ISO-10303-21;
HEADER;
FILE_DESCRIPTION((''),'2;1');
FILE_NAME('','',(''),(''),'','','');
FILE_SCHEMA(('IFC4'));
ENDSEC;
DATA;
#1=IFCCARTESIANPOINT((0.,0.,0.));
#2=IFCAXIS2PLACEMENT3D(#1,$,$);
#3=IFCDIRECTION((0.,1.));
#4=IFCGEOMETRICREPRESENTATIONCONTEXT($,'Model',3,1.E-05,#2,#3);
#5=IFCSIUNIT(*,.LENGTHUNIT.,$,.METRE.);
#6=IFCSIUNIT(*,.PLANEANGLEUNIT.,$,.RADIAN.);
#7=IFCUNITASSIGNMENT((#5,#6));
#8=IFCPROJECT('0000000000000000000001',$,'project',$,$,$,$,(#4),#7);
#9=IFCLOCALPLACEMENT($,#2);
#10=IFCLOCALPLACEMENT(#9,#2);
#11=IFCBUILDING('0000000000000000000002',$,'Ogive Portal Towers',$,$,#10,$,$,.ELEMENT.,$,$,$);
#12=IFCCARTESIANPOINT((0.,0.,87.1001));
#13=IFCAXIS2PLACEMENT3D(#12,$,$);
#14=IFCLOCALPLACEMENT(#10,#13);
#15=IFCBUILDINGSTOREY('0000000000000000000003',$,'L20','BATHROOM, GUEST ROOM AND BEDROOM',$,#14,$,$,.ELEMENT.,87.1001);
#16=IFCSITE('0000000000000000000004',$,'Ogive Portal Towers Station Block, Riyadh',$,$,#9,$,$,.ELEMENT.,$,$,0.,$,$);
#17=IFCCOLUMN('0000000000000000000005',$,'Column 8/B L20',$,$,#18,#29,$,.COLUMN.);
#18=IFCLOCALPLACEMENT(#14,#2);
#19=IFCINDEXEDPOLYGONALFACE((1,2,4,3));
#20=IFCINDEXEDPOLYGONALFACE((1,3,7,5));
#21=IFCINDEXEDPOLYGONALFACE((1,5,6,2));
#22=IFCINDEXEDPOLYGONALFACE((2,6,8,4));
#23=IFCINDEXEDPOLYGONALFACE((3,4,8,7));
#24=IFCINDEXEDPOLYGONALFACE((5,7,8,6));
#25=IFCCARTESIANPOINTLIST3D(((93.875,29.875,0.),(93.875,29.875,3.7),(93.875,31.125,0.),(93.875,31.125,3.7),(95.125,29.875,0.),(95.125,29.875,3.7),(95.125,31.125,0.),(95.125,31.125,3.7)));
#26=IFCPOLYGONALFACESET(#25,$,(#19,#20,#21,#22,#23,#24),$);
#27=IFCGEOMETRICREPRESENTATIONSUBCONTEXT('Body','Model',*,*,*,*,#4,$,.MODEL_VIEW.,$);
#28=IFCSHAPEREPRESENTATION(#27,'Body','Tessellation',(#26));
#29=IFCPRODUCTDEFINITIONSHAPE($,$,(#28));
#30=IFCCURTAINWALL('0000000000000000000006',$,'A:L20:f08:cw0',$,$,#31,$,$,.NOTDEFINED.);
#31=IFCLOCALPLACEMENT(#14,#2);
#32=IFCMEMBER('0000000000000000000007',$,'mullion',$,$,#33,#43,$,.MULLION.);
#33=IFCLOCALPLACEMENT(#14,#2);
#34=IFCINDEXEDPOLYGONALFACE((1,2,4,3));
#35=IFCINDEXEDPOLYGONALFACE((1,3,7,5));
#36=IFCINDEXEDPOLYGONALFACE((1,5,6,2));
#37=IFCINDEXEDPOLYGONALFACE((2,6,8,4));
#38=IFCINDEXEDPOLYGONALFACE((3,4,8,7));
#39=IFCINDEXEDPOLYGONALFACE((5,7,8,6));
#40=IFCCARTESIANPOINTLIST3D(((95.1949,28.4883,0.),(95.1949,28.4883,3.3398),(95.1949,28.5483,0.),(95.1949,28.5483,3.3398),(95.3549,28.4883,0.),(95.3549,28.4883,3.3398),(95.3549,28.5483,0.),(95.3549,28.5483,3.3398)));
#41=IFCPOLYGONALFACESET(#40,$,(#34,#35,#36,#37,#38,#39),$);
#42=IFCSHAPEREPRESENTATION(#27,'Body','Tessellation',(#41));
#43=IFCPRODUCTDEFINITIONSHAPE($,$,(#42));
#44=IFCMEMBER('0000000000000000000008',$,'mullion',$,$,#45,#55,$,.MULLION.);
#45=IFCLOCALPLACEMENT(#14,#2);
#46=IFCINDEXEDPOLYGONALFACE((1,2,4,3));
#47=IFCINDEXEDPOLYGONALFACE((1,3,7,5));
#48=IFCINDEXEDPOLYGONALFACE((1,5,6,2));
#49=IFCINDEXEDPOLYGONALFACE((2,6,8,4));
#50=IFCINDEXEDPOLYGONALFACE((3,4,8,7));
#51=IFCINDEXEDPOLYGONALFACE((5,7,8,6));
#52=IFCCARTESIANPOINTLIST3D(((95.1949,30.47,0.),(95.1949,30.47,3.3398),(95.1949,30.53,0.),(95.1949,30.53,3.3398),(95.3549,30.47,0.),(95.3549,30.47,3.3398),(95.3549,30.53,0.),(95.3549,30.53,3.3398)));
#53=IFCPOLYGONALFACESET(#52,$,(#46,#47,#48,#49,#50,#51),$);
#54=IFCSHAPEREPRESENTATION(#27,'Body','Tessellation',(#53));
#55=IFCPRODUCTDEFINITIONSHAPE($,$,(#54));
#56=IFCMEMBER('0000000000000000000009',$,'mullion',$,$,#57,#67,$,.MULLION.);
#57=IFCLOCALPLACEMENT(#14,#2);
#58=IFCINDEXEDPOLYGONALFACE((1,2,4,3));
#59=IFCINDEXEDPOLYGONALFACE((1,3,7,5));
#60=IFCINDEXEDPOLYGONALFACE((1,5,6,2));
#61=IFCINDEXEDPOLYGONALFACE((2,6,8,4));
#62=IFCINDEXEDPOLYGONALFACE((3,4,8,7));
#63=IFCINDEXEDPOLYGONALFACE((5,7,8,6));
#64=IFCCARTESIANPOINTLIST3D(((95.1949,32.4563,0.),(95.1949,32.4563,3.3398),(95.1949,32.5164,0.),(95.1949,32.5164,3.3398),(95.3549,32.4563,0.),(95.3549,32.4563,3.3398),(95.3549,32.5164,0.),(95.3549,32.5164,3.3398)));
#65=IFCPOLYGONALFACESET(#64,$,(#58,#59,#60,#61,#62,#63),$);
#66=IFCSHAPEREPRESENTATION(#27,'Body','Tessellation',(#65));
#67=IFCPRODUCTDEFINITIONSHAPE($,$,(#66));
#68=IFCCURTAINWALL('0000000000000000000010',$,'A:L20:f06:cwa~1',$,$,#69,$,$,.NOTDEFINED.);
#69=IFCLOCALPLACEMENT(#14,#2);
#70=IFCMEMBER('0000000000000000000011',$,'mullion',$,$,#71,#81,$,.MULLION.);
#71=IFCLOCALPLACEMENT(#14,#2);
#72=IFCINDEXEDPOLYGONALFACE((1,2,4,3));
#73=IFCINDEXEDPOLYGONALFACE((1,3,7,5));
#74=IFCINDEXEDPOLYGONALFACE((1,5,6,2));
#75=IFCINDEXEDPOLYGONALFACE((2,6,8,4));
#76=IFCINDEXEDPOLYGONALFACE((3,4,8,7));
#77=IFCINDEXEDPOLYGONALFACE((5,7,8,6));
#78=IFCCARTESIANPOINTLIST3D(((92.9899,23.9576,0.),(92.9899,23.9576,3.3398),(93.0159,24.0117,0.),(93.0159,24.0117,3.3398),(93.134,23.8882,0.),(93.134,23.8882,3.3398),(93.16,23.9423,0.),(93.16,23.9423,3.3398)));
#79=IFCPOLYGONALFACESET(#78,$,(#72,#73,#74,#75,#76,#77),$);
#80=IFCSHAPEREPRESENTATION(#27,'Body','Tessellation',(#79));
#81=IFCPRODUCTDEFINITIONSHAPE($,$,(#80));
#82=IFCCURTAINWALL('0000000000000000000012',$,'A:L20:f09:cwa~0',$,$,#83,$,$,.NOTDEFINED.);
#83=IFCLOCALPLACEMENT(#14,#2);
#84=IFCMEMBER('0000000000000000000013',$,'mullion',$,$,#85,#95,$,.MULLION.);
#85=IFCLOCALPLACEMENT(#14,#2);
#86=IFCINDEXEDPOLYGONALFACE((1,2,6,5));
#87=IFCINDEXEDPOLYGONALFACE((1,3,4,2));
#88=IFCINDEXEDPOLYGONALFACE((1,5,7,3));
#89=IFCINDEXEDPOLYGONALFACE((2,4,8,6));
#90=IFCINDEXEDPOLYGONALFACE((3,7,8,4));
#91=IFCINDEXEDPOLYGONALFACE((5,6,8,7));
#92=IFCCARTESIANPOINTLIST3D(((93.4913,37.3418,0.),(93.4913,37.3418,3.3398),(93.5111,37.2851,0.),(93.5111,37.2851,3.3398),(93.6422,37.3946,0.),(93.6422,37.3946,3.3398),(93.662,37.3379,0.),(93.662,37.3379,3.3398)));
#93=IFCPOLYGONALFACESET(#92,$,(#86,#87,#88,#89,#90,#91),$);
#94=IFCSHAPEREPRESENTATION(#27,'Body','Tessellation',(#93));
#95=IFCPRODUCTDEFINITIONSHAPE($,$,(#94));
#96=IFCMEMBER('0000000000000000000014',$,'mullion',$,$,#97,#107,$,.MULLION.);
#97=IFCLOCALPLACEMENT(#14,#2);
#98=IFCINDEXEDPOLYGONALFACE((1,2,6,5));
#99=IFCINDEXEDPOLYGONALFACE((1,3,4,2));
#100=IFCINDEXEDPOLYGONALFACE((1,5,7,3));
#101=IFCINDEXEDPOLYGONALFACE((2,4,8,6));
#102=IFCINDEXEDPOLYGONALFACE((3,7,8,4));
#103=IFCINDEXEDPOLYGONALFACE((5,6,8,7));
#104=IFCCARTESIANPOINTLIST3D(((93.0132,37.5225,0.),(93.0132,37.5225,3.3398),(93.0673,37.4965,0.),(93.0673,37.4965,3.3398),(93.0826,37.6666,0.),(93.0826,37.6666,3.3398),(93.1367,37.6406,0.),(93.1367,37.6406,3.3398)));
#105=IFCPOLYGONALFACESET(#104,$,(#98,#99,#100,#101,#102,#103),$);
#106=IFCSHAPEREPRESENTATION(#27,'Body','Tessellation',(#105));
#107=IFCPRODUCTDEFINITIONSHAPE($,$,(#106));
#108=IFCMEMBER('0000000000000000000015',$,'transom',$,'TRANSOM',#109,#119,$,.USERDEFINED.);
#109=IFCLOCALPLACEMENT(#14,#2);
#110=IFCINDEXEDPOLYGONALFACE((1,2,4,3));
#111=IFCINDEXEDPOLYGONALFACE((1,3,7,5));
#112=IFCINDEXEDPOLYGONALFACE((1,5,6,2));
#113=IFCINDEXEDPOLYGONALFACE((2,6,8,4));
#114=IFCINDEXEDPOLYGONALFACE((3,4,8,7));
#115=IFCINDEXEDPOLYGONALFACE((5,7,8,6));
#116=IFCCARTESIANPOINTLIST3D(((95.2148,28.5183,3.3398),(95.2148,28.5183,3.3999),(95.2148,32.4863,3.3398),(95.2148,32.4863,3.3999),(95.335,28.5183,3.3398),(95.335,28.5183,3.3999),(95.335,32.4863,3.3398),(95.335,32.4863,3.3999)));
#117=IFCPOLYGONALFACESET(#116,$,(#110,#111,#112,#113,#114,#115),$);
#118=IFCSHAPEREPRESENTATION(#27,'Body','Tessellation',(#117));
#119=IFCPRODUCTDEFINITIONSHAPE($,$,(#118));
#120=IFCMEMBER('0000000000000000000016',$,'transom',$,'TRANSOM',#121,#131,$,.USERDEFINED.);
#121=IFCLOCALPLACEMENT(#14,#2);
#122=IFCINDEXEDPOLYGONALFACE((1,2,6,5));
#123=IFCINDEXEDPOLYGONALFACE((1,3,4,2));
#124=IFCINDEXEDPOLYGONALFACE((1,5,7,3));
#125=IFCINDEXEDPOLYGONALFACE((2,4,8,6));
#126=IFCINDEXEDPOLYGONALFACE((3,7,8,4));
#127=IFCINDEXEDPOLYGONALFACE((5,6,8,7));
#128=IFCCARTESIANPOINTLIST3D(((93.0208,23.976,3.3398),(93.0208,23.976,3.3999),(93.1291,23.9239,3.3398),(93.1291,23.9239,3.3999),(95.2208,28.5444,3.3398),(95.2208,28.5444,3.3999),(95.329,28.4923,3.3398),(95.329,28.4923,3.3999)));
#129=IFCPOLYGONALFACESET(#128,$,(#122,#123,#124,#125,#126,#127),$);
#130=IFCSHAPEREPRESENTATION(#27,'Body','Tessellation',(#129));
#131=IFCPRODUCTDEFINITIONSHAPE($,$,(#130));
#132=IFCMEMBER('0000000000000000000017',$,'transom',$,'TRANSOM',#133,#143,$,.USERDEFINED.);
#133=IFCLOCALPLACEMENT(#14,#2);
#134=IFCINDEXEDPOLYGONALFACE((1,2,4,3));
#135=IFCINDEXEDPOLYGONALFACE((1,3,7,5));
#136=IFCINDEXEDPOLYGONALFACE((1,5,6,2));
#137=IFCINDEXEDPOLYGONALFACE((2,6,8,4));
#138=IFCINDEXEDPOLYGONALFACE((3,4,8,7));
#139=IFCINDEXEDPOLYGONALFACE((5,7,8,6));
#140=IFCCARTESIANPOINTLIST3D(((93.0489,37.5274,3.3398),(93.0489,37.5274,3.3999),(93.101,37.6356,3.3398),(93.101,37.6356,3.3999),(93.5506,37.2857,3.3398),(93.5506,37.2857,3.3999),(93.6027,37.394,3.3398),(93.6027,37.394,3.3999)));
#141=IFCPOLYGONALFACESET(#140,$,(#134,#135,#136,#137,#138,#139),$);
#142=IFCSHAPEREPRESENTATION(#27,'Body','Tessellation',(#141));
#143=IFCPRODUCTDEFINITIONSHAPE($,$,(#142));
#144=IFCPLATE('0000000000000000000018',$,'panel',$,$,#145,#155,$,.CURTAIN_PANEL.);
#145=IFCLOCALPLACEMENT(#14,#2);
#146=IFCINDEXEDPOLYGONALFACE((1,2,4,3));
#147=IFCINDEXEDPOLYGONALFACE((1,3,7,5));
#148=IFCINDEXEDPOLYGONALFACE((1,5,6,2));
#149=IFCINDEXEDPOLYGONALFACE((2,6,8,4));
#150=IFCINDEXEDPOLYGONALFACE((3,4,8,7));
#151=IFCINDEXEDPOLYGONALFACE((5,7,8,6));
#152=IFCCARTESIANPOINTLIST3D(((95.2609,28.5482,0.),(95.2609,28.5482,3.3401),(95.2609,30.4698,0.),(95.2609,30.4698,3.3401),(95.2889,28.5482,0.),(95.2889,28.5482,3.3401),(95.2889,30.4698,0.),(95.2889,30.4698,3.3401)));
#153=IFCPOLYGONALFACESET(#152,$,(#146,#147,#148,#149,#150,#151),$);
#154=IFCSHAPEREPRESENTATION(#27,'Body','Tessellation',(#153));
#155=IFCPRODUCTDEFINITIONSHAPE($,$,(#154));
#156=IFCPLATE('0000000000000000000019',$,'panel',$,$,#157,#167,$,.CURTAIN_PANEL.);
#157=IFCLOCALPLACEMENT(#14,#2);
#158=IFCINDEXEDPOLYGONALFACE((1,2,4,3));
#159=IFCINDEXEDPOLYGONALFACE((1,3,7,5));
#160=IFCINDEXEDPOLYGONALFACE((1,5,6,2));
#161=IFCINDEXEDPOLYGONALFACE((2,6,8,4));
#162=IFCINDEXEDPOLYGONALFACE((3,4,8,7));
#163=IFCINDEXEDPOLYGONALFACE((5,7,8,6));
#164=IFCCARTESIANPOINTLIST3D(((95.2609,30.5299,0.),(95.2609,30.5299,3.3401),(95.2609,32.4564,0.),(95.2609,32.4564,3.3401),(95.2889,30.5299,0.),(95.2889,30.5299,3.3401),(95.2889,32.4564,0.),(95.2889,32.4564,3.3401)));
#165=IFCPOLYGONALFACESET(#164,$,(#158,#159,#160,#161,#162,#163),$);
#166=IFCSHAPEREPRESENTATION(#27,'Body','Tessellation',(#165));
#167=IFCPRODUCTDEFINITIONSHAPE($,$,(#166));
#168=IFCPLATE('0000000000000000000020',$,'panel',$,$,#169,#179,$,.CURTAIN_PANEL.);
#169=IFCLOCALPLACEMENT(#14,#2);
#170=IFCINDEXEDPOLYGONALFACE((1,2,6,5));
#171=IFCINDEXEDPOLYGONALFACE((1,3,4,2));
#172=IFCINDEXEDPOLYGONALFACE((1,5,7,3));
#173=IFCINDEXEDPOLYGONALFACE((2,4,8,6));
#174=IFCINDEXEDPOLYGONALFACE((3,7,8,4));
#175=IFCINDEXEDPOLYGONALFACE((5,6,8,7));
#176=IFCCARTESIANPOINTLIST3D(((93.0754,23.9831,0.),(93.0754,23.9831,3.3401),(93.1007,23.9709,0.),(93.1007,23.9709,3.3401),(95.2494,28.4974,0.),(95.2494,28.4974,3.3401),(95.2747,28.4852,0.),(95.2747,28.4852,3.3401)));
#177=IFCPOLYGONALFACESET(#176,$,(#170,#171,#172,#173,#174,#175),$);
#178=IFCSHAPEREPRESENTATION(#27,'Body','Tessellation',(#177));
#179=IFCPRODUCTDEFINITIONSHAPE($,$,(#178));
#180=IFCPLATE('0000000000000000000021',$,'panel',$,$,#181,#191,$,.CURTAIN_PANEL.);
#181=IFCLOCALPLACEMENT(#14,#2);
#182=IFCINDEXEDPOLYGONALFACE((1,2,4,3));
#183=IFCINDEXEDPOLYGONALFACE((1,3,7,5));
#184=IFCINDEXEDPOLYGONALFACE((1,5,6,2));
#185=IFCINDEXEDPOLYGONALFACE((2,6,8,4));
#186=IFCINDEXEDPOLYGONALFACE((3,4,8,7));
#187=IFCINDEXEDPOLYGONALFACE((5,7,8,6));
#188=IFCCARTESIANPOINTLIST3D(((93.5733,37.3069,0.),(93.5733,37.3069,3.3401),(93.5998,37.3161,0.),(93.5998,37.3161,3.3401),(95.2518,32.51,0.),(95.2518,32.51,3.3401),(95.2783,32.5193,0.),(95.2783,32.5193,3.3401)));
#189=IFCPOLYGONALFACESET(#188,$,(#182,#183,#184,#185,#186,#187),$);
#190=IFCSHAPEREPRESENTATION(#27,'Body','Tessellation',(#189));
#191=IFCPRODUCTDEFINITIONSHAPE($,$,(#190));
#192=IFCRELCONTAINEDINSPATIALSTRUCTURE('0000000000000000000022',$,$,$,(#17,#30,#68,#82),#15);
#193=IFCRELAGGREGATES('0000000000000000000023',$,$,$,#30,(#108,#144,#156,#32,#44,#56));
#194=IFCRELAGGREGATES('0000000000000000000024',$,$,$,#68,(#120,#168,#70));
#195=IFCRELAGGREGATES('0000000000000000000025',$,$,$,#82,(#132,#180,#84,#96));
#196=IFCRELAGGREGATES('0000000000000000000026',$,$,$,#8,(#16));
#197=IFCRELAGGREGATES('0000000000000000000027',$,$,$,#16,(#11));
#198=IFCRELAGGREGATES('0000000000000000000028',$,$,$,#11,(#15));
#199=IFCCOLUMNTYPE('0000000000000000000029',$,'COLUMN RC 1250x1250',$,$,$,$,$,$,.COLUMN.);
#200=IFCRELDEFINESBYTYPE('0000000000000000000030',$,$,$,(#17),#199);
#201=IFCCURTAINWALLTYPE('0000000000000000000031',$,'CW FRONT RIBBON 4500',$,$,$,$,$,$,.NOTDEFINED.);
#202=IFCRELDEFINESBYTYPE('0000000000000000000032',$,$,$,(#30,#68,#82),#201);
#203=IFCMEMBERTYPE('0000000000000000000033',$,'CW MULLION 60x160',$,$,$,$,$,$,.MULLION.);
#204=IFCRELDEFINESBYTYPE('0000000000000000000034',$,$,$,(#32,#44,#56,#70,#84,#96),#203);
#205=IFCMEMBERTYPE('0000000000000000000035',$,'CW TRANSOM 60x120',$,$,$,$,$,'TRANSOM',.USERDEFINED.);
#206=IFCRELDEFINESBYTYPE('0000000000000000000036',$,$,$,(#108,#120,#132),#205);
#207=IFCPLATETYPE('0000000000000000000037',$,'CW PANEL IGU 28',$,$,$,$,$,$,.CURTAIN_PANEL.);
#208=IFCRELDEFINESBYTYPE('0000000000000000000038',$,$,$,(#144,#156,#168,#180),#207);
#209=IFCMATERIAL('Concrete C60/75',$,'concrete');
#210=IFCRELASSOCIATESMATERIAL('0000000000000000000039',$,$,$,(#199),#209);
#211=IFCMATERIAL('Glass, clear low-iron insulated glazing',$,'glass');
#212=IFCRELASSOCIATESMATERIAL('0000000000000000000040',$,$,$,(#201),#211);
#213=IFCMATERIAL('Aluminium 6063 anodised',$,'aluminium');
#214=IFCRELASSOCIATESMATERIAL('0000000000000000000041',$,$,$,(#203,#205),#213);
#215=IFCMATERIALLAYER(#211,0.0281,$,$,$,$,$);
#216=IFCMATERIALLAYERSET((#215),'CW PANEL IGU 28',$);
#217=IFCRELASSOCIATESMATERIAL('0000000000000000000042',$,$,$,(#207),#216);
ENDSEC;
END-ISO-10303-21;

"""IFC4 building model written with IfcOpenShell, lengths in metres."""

from ifc_helpers import new_model, si_unit, direction, frame, origin, origin_2d, place, context, subcontext, project, spatial, rectangle, extrude, material, layer, layer_set, material_profile, profile_set, type_object, element, aggregate, save


model = new_model("IFC4")

# Units and contexts
model_context = context("Model", 3, precision=1e-05, world=origin(), true_north=direction((0.0, 1.0)))
body_context = subcontext(model_context, "Body", "Model", "MODEL_VIEW")
ifc_project = project(units=[si_unit("LENGTHUNIT", "METRE"), si_unit("PLANEANGLEUNIT", "RADIAN")], contexts=[model_context])

# Site, building, storey
site_placement = place(None, origin())
site = spatial("IfcSite", under=ifc_project, at=site_placement, Name="Ogive Portal Towers Station Block, Riyadh", CompositionType="ELEMENT", RefElevation=0.0)
building_placement = place(site_placement, origin())
building = spatial("IfcBuilding", under=site, at=building_placement, Name="Ogive Portal Towers", CompositionType="ELEMENT")
storey_placement = place(building_placement, frame((0.0, 0.0, 87.1001)))
storey = spatial("IfcBuildingStorey", under=building, at=storey_placement, Name="L20", Description="BATHROOM, GUEST ROOM AND BEDROOM", CompositionType="ELEMENT", Elevation=87.1001)

# Column
ifc_material_1 = material(Name="Concrete C60/75", Category="concrete")
ifc_material_profile_1 = material_profile(ifc_material_1, rectangle(XDim=1.25, YDim=1.25, at=origin_2d()), Name="RC 1250x1250")
ifc_profile_set_1 = profile_set([ifc_material_profile_1], Name="Concrete C60/75")
column_type = type_object("IfcColumnType", Name="COLUMN RC 1250x1250", PredefinedType="COLUMN", material=ifc_profile_set_1)
column_placement = place(storey_placement, frame((94.5, 30.5, 0.0), z_axis=(0.0, 0.0, 1.0), x_axis=(1.0, 0.0, 0.0)))
element("IfcColumn", 1, at=column_placement, inside=storey, type_object=column_type, Name="Column 8/B L20", PredefinedType="COLUMN", context=body_context, shape_type="SweptSolid", body=[
    extrude(rectangle(XDim=1.25, YDim=1.25, at=origin_2d()), origin(), (0.0, 0.0, 1.0), 3.7),
])

# Curtain wall, members
ifc_material_2 = material(Name="Glass, clear low-iron insulated glazing", Category="glass")
curtain_wall_type = type_object("IfcCurtainWallType", Name="CW FRONT RIBBON 4500", PredefinedType="NOTDEFINED", material=ifc_material_2)
curtain_wall_1_placement = place(storey_placement, origin())
curtain_wall_1 = element("IfcCurtainWall", 2, at=curtain_wall_1_placement, inside=storey, type_object=curtain_wall_type, Name="A:L20:f08:cw0", PredefinedType="NOTDEFINED")
ifc_material_3 = material(Name="Aluminium 6063 anodised", Category="aluminium")
ifc_material_profile_2 = material_profile(ifc_material_3, rectangle(XDim=0.1599, YDim=0.0601, at=origin_2d()), Name="AL 60x160")
ifc_profile_set_2 = profile_set([ifc_material_profile_2], Name="Aluminium 6063 anodised")
member_type_1 = type_object("IfcMemberType", Name="CW MULLION 60x160", PredefinedType="MULLION", material=ifc_profile_set_2)
member_1_placement = place(storey_placement, frame((95.2749, 28.5183, 0.0), z_axis=(0.0, 0.0, 1.0), x_axis=(-1.0, 0.0, 0.0)))
member_1 = element("IfcMember", 3, at=member_1_placement, type_object=member_type_1, Name="mullion", PredefinedType="MULLION", context=body_context, shape_type="SweptSolid", body=[
    extrude(rectangle(XDim=0.1599, YDim=0.0601, at=origin_2d()), origin(), (0.0, 0.0, 1.0), 3.3398),
])
member_2_placement = place(storey_placement, frame((95.2749, 30.5, 0.0), z_axis=(0.0, 0.0, 1.0), x_axis=(-1.0, 0.0, 0.0)))
member_2 = element("IfcMember", 4, at=member_2_placement, type_object=member_type_1, Name="mullion", PredefinedType="MULLION", context=body_context, shape_type="SweptSolid", body=[
    extrude(rectangle(XDim=0.1599, YDim=0.0601, at=origin_2d()), origin(), (0.0, 0.0, 1.0), 3.3398),
])
member_3_placement = place(storey_placement, frame((95.2749, 32.4863, 0.0), z_axis=(0.0, 0.0, 1.0), x_axis=(-1.0, 0.0, 0.0)))
member_3 = element("IfcMember", 5, at=member_3_placement, type_object=member_type_1, Name="mullion", PredefinedType="MULLION", context=body_context, shape_type="SweptSolid", body=[
    extrude(rectangle(XDim=0.1599, YDim=0.0601, at=origin_2d()), origin(), (0.0, 0.0, 1.0), 3.3398),
])

# Curtain wall, member
curtain_wall_2_placement = place(storey_placement, origin())
curtain_wall_2 = element("IfcCurtainWall", 6, at=curtain_wall_2_placement, inside=storey, type_object=curtain_wall_type, Name="A:L20:f06:cwa~1", PredefinedType="NOTDEFINED")
member_4_placement = place(storey_placement, frame((93.075, 23.95, 0.0), z_axis=(0.0, 0.0, 1.0), x_axis=(-0.900969, 0.433884, 0.0)))
member_4 = element("IfcMember", 7, at=member_4_placement, type_object=member_type_1, Name="mullion", PredefinedType="MULLION", context=body_context, shape_type="SweptSolid", body=[
    extrude(rectangle(XDim=0.1599, YDim=0.0601, at=origin_2d()), origin(), (0.0, 0.0, 1.0), 3.3398),
])

# Curtain wall, members
curtain_wall_3_placement = place(storey_placement, origin())
curtain_wall_3 = element("IfcCurtainWall", 8, at=curtain_wall_3_placement, inside=storey, type_object=curtain_wall_type, Name="A:L20:f09:cwa~0", PredefinedType="NOTDEFINED")
member_5_placement = place(storey_placement, frame((93.5767, 37.3398, 0.0), z_axis=(0.0, 0.0, 1.0), x_axis=(-0.943883, -0.330279, 0.0)))
member_5 = element("IfcMember", 9, at=member_5_placement, type_object=member_type_1, Name="mullion", PredefinedType="MULLION", context=body_context, shape_type="SweptSolid", body=[
    extrude(rectangle(XDim=0.1599, YDim=0.0601, at=origin_2d()), origin(), (0.0, 0.0, 1.0), 3.3398),
])
member_6_placement = place(storey_placement, frame((93.075, 37.5815, 0.0), z_axis=(0.0, 0.0, 1.0), x_axis=(-0.433884, -0.900969, 0.0)))
member_6 = element("IfcMember", 10, at=member_6_placement, type_object=member_type_1, Name="mullion", PredefinedType="MULLION", context=body_context, shape_type="SweptSolid", body=[
    extrude(rectangle(XDim=0.1599, YDim=0.0601, at=origin_2d()), origin(), (0.0, 0.0, 1.0), 3.3398),
])

# Members
ifc_material_profile_3 = material_profile(ifc_material_3, rectangle(XDim=0.1201, YDim=0.0601, at=origin_2d()), Name="AL 120x60")
ifc_profile_set_3 = profile_set([ifc_material_profile_3], Name="Aluminium 6063 anodised")
member_type_2 = type_object("IfcMemberType", Name="CW TRANSOM 60x120", ElementType="TRANSOM", PredefinedType="USERDEFINED", material=ifc_profile_set_3)
member_7_placement = place(storey_placement, frame((95.2749, 28.5183, 3.3699), z_axis=(0.0, 1.0, 0.0), x_axis=(-1.0, 0.0, 0.0)))
member_7 = element("IfcMember", 11, at=member_7_placement, type_object=member_type_2, Name="transom", ObjectType="TRANSOM", PredefinedType="USERDEFINED", context=body_context, shape_type="SweptSolid", body=[
    extrude(rectangle(XDim=0.1201, YDim=0.0601, at=origin_2d()), origin(), (0.0, 0.0, 1.0), 3.968),
])
member_8_placement = place(storey_placement, frame((93.075, 23.95, 3.3699), z_axis=(0.433875, 0.900973, 0.0), x_axis=(-0.900973, 0.433875, 0.0)))
member_8 = element("IfcMember", 12, at=member_8_placement, type_object=member_type_2, Name="transom", ObjectType="TRANSOM", PredefinedType="USERDEFINED", context=body_context, shape_type="SweptSolid", body=[
    extrude(rectangle(XDim=0.1201, YDim=0.0601, at=origin_2d()), origin(), (0.0, 0.0, 1.0), 5.0706),
])
member_9_placement = place(storey_placement, frame((93.5767, 37.3398, 3.3699), z_axis=(-0.900906, 0.434013, 0.0), x_axis=(-0.434013, -0.900906, 0.0)))
member_9 = element("IfcMember", 13, at=member_9_placement, type_object=member_type_2, Name="transom", ObjectType="TRANSOM", PredefinedType="USERDEFINED", context=body_context, shape_type="SweptSolid", body=[
    extrude(rectangle(XDim=0.1201, YDim=0.0601, at=origin_2d()), origin(), (0.0, 0.0, 1.0), 0.5569),
])

# Plates
ifc_layer = layer(ifc_material_2, 0.0281)
ifc_layer_set = layer_set([ifc_layer], Name="CW PANEL IGU 28")
plate_type = type_object("IfcPlateType", Name="CW PANEL IGU 28", PredefinedType="CURTAIN_PANEL", material=ifc_layer_set)
plate_1_placement = place(storey_placement, frame((95.2749, 29.509, 0.0), z_axis=(0.0, 0.0, 1.0), x_axis=(0.0, 1.0, 0.0)))
plate_1 = element("IfcPlate", 14, at=plate_1_placement, type_object=plate_type, Name="panel", PredefinedType="CURTAIN_PANEL", context=body_context, shape_type="SweptSolid", body=[
    extrude(rectangle(XDim=1.9216, YDim=0.0281, at=origin_2d()), origin(), (0.0, 0.0, 1.0), 3.3401),
])
plate_2_placement = place(storey_placement, frame((95.2749, 31.4932, 0.0), z_axis=(0.0, 0.0, 1.0), x_axis=(0.0, 1.0, 0.0)))
plate_2 = element("IfcPlate", 15, at=plate_2_placement, type_object=plate_type, Name="panel", PredefinedType="CURTAIN_PANEL", context=body_context, shape_type="SweptSolid", body=[
    extrude(rectangle(XDim=1.9265, YDim=0.0281, at=origin_2d()), origin(), (0.0, 0.0, 1.0), 3.3401),
])
aggregate(curtain_wall_1, [member_7, plate_1, plate_2, member_1, member_2, member_3])
plate_3_placement = place(storey_placement, frame((94.175, 26.2341, 0.0), z_axis=(0.0, 0.0, 1.0), x_axis=(0.433884, 0.900969, 0.0)))
plate_3 = element("IfcPlate", 16, at=plate_3_placement, type_object=plate_type, Name="panel", PredefinedType="CURTAIN_PANEL", context=body_context, shape_type="SweptSolid", body=[
    extrude(rectangle(XDim=5.0105, YDim=0.0281, at=origin_2d()), origin(), (0.0, 0.0, 1.0), 3.3401),
])
aggregate(curtain_wall_2, [member_8, plate_3, member_4])
plate_4_placement = place(storey_placement, frame((94.4258, 34.9131, 0.0), z_axis=(0.0, 0.0, 1.0), x_axis=(-0.330279, 0.943883, 0.0)))
plate_4 = element("IfcPlate", 17, at=plate_4_placement, type_object=plate_type, Name="panel", PredefinedType="CURTAIN_PANEL", context=body_context, shape_type="SweptSolid", body=[
    extrude(rectangle(XDim=5.082, YDim=0.0281, at=origin_2d()), origin(), (0.0, 0.0, 1.0), 3.3401),
])
aggregate(curtain_wall_3, [member_9, plate_4, member_5, member_6])

save(model, "model.ifc")
